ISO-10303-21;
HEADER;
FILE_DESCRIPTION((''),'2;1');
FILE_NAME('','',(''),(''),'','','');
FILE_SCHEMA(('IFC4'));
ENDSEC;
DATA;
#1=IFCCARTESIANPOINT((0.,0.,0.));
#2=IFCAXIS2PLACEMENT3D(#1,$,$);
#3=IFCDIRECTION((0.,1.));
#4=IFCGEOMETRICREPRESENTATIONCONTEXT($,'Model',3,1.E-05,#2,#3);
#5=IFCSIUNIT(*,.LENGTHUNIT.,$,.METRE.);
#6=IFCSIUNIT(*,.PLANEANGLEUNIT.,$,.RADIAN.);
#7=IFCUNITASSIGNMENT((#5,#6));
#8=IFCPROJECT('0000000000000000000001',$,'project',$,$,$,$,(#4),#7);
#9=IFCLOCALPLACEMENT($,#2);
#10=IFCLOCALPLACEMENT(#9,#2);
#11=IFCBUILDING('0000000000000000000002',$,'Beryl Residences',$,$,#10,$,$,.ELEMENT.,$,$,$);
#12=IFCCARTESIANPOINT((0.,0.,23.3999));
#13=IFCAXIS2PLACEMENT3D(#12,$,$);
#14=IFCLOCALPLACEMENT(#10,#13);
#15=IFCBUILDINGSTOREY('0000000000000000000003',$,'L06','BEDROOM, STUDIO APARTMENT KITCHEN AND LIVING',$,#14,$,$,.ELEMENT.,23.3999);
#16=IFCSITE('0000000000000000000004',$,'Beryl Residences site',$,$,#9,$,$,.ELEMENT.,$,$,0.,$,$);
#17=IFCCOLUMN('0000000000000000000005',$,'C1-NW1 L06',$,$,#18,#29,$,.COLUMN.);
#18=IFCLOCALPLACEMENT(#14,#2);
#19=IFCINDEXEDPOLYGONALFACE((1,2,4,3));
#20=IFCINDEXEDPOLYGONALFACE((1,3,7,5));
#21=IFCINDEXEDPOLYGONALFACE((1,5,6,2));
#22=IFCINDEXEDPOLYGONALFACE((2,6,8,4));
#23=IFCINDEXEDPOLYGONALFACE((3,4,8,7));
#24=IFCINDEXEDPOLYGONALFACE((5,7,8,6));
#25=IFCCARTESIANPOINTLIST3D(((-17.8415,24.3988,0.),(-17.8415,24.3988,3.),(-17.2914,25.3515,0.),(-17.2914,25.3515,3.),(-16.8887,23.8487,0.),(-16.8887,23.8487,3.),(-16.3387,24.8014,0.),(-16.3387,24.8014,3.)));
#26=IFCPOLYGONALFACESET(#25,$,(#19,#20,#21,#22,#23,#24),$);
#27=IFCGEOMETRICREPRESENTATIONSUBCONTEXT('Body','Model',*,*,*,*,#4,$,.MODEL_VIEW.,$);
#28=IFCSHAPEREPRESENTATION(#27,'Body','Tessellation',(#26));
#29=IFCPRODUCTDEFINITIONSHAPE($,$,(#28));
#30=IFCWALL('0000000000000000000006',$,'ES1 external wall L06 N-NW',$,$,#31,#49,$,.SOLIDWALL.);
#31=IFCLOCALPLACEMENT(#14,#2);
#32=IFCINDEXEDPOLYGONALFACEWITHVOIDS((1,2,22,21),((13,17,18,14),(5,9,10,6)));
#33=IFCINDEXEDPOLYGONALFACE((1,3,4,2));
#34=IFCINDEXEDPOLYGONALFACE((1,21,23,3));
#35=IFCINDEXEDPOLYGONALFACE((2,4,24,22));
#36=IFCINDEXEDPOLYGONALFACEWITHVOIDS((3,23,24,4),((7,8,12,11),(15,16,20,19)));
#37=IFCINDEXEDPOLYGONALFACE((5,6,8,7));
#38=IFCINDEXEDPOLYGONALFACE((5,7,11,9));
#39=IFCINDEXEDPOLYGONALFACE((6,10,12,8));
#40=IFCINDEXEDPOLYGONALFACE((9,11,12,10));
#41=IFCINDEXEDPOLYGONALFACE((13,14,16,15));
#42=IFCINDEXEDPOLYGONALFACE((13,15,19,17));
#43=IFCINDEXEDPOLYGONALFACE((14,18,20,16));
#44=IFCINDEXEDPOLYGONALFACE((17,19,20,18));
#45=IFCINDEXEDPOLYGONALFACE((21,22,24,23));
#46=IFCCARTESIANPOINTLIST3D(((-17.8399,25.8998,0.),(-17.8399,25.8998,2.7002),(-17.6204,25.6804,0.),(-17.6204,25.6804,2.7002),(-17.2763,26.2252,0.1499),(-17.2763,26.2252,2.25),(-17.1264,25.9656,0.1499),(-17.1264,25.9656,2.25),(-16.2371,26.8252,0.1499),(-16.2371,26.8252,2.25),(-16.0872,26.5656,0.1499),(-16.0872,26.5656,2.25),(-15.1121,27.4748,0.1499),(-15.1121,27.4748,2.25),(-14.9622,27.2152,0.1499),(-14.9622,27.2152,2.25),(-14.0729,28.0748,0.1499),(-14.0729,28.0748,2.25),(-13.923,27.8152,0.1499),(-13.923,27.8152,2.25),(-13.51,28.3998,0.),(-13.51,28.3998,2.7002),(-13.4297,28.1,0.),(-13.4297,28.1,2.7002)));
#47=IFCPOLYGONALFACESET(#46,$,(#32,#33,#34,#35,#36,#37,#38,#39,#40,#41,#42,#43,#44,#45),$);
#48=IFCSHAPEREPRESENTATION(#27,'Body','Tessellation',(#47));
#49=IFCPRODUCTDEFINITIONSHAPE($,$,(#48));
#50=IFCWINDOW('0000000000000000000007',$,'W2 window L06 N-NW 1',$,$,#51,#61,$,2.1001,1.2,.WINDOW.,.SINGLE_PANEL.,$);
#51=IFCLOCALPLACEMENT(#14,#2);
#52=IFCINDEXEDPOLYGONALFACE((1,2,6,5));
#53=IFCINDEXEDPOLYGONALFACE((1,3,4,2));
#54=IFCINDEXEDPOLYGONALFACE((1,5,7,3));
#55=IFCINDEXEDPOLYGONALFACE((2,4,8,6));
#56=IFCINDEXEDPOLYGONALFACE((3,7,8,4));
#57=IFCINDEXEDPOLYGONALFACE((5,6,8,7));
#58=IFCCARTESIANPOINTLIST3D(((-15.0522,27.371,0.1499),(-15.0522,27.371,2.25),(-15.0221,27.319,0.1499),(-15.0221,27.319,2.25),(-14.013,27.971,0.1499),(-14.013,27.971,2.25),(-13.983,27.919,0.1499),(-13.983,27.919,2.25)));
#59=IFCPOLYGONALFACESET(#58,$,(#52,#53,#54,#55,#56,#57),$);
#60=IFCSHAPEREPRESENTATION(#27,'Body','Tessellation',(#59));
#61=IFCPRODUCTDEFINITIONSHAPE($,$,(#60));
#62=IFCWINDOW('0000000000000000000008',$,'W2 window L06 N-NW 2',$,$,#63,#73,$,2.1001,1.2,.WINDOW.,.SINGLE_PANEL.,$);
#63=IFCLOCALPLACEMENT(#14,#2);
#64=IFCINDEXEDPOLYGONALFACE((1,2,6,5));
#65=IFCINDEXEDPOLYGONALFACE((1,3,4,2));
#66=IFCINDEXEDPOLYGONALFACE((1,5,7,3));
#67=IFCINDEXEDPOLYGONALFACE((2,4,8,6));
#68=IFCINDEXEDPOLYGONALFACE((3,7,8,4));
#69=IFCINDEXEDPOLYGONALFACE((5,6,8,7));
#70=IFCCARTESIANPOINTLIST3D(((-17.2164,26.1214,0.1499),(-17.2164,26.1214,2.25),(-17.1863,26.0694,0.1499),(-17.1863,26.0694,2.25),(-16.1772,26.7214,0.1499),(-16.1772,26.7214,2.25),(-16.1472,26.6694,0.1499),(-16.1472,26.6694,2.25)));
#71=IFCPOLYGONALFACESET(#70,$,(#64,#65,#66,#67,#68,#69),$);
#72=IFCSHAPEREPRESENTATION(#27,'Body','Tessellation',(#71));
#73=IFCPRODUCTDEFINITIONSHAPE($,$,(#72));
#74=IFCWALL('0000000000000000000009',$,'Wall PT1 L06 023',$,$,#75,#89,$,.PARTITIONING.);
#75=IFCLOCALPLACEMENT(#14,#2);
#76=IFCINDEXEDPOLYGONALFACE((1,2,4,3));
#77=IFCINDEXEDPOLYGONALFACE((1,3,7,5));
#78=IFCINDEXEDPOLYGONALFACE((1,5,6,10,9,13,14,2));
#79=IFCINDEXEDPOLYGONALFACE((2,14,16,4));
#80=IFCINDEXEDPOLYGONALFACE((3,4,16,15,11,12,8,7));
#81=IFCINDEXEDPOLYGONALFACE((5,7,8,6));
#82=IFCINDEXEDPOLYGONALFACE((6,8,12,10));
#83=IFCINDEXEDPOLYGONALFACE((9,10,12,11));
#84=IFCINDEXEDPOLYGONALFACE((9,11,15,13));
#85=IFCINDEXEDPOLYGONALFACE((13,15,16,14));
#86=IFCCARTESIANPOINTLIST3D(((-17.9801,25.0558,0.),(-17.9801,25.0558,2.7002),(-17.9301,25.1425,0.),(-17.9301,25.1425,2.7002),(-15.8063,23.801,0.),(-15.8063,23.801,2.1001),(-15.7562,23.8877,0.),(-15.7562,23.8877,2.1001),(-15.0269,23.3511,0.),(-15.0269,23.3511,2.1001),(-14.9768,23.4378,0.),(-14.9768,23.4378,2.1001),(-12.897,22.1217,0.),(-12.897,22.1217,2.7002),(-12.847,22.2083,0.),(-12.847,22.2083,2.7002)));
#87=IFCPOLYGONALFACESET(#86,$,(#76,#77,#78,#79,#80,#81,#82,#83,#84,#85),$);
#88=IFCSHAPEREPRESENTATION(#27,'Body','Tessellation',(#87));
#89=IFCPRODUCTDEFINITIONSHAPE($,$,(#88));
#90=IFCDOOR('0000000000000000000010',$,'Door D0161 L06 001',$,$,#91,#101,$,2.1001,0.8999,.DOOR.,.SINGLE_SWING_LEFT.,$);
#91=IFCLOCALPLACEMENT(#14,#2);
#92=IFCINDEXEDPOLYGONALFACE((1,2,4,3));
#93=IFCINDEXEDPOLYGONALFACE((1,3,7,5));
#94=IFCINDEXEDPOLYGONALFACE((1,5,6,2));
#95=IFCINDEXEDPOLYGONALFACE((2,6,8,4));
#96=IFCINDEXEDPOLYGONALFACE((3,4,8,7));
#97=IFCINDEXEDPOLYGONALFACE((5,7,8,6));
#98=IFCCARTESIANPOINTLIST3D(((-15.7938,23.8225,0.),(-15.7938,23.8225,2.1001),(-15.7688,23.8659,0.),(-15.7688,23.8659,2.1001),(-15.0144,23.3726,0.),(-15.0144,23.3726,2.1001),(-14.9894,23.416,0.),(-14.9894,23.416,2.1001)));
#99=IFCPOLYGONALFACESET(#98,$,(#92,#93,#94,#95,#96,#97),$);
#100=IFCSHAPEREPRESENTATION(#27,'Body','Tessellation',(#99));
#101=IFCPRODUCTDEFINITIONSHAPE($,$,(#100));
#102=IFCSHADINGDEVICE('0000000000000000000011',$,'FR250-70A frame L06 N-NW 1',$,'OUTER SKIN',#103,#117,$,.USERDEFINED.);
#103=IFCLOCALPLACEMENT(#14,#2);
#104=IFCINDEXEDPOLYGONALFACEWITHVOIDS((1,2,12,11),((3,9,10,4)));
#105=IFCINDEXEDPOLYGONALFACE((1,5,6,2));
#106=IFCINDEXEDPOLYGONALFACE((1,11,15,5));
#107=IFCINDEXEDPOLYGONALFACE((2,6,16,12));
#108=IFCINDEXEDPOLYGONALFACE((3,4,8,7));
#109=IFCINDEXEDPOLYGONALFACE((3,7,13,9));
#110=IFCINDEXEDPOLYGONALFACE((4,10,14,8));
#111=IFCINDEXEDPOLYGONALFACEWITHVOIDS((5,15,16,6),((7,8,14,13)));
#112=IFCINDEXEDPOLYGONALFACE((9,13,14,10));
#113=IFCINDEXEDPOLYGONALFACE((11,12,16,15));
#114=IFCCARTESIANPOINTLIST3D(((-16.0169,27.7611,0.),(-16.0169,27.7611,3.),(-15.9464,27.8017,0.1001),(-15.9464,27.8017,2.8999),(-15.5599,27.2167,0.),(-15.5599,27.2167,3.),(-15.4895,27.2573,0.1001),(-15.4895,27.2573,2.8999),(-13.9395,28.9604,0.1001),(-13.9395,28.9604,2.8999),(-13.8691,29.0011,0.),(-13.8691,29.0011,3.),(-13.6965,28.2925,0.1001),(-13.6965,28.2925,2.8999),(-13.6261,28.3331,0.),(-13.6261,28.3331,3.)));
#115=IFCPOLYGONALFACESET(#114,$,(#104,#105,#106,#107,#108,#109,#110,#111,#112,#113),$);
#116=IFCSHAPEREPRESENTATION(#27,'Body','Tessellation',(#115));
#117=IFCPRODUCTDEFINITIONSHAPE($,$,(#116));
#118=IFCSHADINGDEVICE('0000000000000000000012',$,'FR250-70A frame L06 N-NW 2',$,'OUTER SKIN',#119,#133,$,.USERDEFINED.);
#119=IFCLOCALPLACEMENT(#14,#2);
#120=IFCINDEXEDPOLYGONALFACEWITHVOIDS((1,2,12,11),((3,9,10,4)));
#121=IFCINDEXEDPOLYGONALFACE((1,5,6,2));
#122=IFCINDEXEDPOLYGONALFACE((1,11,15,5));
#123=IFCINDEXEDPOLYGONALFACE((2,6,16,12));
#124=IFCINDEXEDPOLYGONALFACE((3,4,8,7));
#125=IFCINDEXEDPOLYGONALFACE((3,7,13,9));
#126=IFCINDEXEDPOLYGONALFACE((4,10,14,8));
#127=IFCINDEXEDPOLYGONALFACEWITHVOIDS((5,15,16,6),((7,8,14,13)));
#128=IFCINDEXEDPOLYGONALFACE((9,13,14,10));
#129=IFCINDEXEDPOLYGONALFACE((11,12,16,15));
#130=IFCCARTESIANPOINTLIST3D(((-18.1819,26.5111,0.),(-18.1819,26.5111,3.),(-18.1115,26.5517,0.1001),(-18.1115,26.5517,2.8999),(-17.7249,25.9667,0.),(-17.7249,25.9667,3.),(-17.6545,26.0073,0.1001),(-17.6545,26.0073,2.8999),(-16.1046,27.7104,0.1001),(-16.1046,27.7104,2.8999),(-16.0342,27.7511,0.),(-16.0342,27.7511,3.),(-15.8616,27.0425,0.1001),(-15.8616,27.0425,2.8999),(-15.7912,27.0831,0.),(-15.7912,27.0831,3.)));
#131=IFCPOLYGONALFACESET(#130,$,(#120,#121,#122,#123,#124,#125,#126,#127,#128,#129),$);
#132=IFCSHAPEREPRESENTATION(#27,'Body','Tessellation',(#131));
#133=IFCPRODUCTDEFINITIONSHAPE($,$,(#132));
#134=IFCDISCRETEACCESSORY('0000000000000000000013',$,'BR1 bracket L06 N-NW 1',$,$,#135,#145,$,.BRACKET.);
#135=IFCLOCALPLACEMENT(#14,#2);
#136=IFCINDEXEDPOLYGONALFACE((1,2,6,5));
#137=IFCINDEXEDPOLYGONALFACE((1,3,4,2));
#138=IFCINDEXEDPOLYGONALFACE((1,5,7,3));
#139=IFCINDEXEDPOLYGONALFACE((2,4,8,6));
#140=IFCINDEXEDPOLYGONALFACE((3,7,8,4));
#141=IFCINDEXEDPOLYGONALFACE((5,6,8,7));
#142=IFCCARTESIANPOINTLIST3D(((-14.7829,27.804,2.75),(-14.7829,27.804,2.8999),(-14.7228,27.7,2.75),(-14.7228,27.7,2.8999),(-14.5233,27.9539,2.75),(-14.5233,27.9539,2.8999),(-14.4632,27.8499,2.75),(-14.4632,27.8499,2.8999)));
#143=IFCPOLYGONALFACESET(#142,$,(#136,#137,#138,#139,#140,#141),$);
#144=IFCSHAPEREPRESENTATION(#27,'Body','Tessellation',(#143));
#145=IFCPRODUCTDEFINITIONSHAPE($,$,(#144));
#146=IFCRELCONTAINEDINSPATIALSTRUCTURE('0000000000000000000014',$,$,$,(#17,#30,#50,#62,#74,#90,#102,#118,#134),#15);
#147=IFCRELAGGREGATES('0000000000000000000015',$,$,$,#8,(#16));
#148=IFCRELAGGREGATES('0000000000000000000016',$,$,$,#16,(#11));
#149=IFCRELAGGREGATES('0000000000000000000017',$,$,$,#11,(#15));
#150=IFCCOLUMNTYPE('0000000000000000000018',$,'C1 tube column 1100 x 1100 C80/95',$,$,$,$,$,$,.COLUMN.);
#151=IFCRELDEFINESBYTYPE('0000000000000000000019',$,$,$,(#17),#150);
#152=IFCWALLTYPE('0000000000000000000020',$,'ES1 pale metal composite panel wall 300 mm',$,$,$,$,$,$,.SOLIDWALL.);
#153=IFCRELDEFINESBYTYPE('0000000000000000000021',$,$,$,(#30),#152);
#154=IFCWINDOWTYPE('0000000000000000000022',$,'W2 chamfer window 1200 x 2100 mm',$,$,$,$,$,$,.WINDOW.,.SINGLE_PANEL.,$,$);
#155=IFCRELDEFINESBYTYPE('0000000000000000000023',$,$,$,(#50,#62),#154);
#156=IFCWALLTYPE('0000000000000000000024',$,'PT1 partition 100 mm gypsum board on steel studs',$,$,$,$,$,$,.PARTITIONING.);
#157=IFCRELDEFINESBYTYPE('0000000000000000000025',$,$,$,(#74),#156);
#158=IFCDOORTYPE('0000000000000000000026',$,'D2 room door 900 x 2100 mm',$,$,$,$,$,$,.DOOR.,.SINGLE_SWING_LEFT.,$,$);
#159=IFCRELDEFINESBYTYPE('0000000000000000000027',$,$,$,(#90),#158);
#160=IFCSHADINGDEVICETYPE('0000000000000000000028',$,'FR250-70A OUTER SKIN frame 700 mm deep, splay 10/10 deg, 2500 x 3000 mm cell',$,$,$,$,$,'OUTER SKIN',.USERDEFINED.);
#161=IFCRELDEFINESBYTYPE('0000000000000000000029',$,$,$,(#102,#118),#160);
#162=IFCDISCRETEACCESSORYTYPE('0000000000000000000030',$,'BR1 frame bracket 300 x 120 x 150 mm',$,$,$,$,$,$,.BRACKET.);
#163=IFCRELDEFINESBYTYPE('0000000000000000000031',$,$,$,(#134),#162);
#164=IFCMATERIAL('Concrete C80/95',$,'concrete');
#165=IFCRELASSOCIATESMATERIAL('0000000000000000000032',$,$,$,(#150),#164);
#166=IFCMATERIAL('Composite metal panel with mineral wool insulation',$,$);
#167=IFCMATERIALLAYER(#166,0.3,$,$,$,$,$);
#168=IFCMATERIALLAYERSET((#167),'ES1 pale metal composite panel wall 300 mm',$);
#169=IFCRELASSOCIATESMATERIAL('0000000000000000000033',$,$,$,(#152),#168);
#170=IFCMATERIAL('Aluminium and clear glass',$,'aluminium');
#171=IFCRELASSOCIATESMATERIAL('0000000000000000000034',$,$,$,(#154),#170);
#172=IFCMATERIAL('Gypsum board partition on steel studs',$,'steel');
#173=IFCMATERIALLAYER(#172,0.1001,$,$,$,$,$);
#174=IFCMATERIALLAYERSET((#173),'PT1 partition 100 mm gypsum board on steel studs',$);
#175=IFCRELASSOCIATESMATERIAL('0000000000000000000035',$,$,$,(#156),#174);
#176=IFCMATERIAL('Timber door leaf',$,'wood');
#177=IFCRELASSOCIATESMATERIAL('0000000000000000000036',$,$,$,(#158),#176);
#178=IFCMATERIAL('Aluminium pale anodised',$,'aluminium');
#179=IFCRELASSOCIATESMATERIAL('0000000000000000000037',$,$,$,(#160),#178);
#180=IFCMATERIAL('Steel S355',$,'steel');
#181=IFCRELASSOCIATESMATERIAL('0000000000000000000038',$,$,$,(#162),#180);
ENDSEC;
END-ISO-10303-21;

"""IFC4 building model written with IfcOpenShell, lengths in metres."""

from ifc_helpers import new_model, entity, si_unit, direction, frame, frame_2d, origin, origin_2d, place, context, subcontext, project, spatial, polyline, rectangle, outline, extrude, source, transform, mapped, material, layer, layer_set, material_profile, profile_set, type_object, type_shapes, element, fill, save


model = new_model("IFC4")

# Units and contexts
model_context = context("Model", 3, precision=1e-05, world=origin(), true_north=direction((0.0, 1.0)))
body_context = subcontext(model_context, "Body", "Model", "MODEL_VIEW")
ifc_project = project(units=[si_unit("LENGTHUNIT", "METRE"), si_unit("PLANEANGLEUNIT", "RADIAN")], contexts=[model_context])

# Site, building, storey
site_placement = place(None, origin())
site = spatial("IfcSite", under=ifc_project, at=site_placement, Name="Beryl Residences site", CompositionType="ELEMENT", RefElevation=0.0)
building_placement = place(site_placement, origin())
building = spatial("IfcBuilding", under=site, at=building_placement, Name="Beryl Residences", CompositionType="ELEMENT")
storey_placement = place(building_placement, frame((0.0, 0.0, 23.3999)))
storey = spatial("IfcBuildingStorey", under=building, at=storey_placement, Name="L06", Description="BEDROOM, STUDIO APARTMENT KITCHEN AND LIVING", CompositionType="ELEMENT", Elevation=23.3999)

# Column
ifc_material_1 = material(Name="Concrete C80/95", Category="concrete")
ifc_material_profile = material_profile(ifc_material_1, rectangle(XDim=1.1001, YDim=1.1001, at=origin_2d()))
ifc_profile_set = profile_set([ifc_material_profile], Name="Concrete C80/95")
column_type = type_object("IfcColumnType", Name="C1 tube column 1100 x 1100 C80/95", PredefinedType="COLUMN", material=ifc_profile_set)
column_placement = place(storey_placement, frame((-17.0901, 24.6001, 0.0), z_axis=(0.0, 0.0, 1.0), x_axis=(-0.499985, -0.866034, 0.0)))
element("IfcColumn", 1, at=column_placement, inside=storey, type_object=column_type, Name="C1-NW1 L06", PredefinedType="COLUMN", context=body_context, shape_type="SweptSolid", body=[
    extrude(rectangle(XDim=1.1001, YDim=1.1001, at=origin_2d()), origin(), (0.0, 0.0, 1.0), 3.0),
])

# Wall, openings, windows
ifc_material_2 = material(Name="Composite metal panel with mineral wool insulation")
ifc_layer_1 = layer(ifc_material_2, 0.3)
ifc_layer_set_1 = layer_set([ifc_layer_1], Name="ES1 pale metal composite panel wall 300 mm")
wall_type_1 = type_object("IfcWallType", Name="ES1 pale metal composite panel wall 300 mm", PredefinedType="SOLIDWALL", material=ifc_layer_set_1)
wall_1_placement = place(storey_placement, frame((-13.4351, 28.27, 0.0), z_axis=(0.0, 0.0, 1.0), x_axis=(-0.866011, -0.500025, 0.0)))
wall_1 = element("IfcWall", 2, at=wall_1_placement, inside=storey, type_object=wall_type_1, Name="ES1 external wall L06 N-NW", PredefinedType="SOLIDWALL", context=body_context, shape_type="SweptSolid", body=[
    extrude(outline(polyline([(0.0, -0.1499), (4.9998, -0.1499), (4.9194, 0.1499), (0.0803, 0.1499), (0.0, -0.1499)])), origin(), (0.0, 0.0, 1.0), 2.7002),
])
opening_1_placement = place(wall_1_placement, frame((0.6499, 0.0, 0.1499)))
opening_1 = element("IfcOpeningElement", 3, at=opening_1_placement, cuts=wall_1, PredefinedType="OPENING", context=body_context, shape_type="SweptSolid", body=[
    extrude(rectangle(XDim=1.2, YDim=2.1001, at=frame_2d((0.6001, 1.05))), frame((0.0, 0.1599, 0.0), z_axis=(0.0, -1.0, 0.0), x_axis=(1.0, 0.0, 0.0)), (0.0, 0.0, 1.0), 0.3201),
])
opening_2_placement = place(wall_1_placement, frame((3.1489, 0.0, 0.1499)))
opening_2 = element("IfcOpeningElement", 4, at=opening_2_placement, cuts=wall_1, PredefinedType="OPENING", context=body_context, shape_type="SweptSolid", body=[
    extrude(rectangle(XDim=1.2, YDim=2.1001, at=frame_2d((0.6001, 1.05))), frame((0.0, 0.1599, 0.0), z_axis=(0.0, -1.0, 0.0), x_axis=(1.0, 0.0, 0.0)), (0.0, 0.0, 1.0), 0.3201),
])
ifc_material_3 = material(Name="Aluminium and clear glass", Category="aluminium")
window_type_1 = type_object("IfcWindowType", Name="W2 chamfer window 1200 x 2100 mm", PartitioningType="SINGLE_PANEL", PredefinedType="WINDOW", material=ifc_material_3)
window_1_placement = place(opening_1_placement, origin())
window_1 = element("IfcWindow", 5, at=window_1_placement, inside=storey, type_object=window_type_1, Name="W2 window L06 N-NW 1", OverallHeight=2.1001, OverallWidth=1.2, PartitioningType="SINGLE_PANEL", PredefinedType="WINDOW", context=body_context, shape_type="SweptSolid", body=[
    extrude(rectangle(XDim=1.2, YDim=2.1001, at=frame_2d((0.6001, 1.05))), frame((0.0, 0.03, 0.0), z_axis=(0.0, -1.0, 0.0), x_axis=(1.0, 0.0, 0.0)), (0.0, 0.0, 1.0), 0.0601),
])
fill(opening_1, window_1)
window_2_placement = place(opening_2_placement, origin())
window_2 = element("IfcWindow", 6, at=window_2_placement, inside=storey, type_object=window_type_1, Name="W2 window L06 N-NW 2", OverallHeight=2.1001, OverallWidth=1.2, PartitioningType="SINGLE_PANEL", PredefinedType="WINDOW", context=body_context, shape_type="SweptSolid", body=[
    extrude(rectangle(XDim=1.2, YDim=2.1001, at=frame_2d((0.6001, 1.05))), frame((0.0, 0.03, 0.0), z_axis=(0.0, -1.0, 0.0), x_axis=(1.0, 0.0, 0.0)), (0.0, 0.0, 1.0), 0.0601),
])
fill(opening_2, window_2)

# Wall, opening, door
ifc_material_4 = material(Name="Gypsum board partition on steel studs", Category="steel")
ifc_layer_2 = layer(ifc_material_4, 0.1001)
ifc_layer_set_2 = layer_set([ifc_layer_2], Name="PT1 partition 100 mm gypsum board on steel studs")
wall_type_2 = type_object("IfcWallType", Name="PT1 partition 100 mm gypsum board on steel studs", PredefinedType="PARTITIONING", material=ifc_layer_set_2)
wall_2_placement = place(storey_placement, frame((-17.9551, 25.0991, 0.0), z_axis=(0.0, 0.0, 1.0), x_axis=(0.866069, -0.499924, 0.0)))
wall_2 = element("IfcWall", 7, at=wall_2_placement, inside=storey, type_object=wall_type_2, Name="Wall PT1 L06 023", PredefinedType="PARTITIONING", context=body_context, shape_type="SweptSolid", body=[
    extrude(rectangle(XDim=5.8691, YDim=0.1001, at=frame_2d((2.9346, 0.0))), origin(), (0.0, 0.0, 1.0), 2.7002),
])
opening_3_placement = place(wall_2_placement, frame((2.51, 0.0, 0.0)))
opening_3 = element("IfcOpeningElement", 8, at=opening_3_placement, cuts=wall_2, PredefinedType="OPENING", context=body_context, shape_type="SweptSolid", body=[
    extrude(rectangle(XDim=0.8999, YDim=2.1001, at=frame_2d((0.45, 1.05))), frame((0.0, 0.0601, 0.0), z_axis=(0.0, -1.0, 0.0), x_axis=(1.0, 0.0, 0.0)), (0.0, 0.0, 1.0), 0.1201),
])
ifc_material_5 = material(Name="Timber door leaf", Category="wood")
door_type = type_object("IfcDoorType", Name="D2 room door 900 x 2100 mm", OperationType="SINGLE_SWING_LEFT", PredefinedType="DOOR", material=ifc_material_5)
door_placement = place(opening_3_placement, origin())
door = element("IfcDoor", 9, at=door_placement, inside=storey, type_object=door_type, Name="Door D0161 L06 001", OperationType="SINGLE_SWING_LEFT", OverallHeight=2.1001, OverallWidth=0.8999, PredefinedType="DOOR", context=body_context, shape_type="SweptSolid", body=[
    extrude(rectangle(XDim=0.8999, YDim=2.1001, at=frame_2d((0.45, 1.05))), frame((0.0, 0.0249, 0.0), z_axis=(0.0, -1.0, 0.0), x_axis=(1.0, 0.0, 0.0)), (0.0, 0.0, 1.0), 0.05),
])
fill(opening_3, door)

# Shading devices
ifc_material_6 = material(Name="Aluminium pale anodised", Category="aluminium")
shading_device_type = type_object("IfcShadingDeviceType", Name="FR250-70A OUTER SKIN frame 700 mm deep, splay 10/10 deg, 2500 x 3000 mm cell", ElementType="OUTER SKIN", PredefinedType="USERDEFINED", material=ifc_material_6)
cartesian_point_1 = entity("IfcCartesianPoint", [-1.1165, 0.0])
cartesian_point_2 = entity("IfcCartesianPoint", [-1.0352, 0.1001])
cartesian_point_3 = entity("IfcCartesianPoint", [-1.24, 0.0])
cartesian_point_4 = entity("IfcCartesianPoint", [-1.1587, 0.1001])
shared_shape_1 = source(origin(), body_context, "Body", "SweptSolid", [
    entity("IfcExtrudedAreaSolidTapered", entity("IfcArbitraryProfileDefWithVoids", "AREA", None, entity("IfcPolyline", [cartesian_point_1, entity("IfcCartesianPoint", [1.1165, 0.0]), entity("IfcCartesianPoint", [1.1165, 3.0]), entity("IfcCartesianPoint", [-1.1165, 3.0]), cartesian_point_1]), [entity("IfcPolyline", [cartesian_point_2, entity("IfcCartesianPoint", [1.0352, 0.1001]), entity("IfcCartesianPoint", [1.0352, 2.8999]), entity("IfcCartesianPoint", [-1.0352, 2.8999]), cartesian_point_2])]), entity("IfcAxis2Placement3D", entity("IfcCartesianPoint", [0.0, 0.0, 0.0]), entity("IfcDirection", [0.0, 1.0, 0.0]), entity("IfcDirection", [-1.0, 0.0, 0.0])), entity("IfcDirection", [0.0, 0.0, 1.0]), 0.7, entity("IfcArbitraryProfileDefWithVoids", "AREA", None, entity("IfcPolyline", [cartesian_point_3, entity("IfcCartesianPoint", [1.24, 0.0]), entity("IfcCartesianPoint", [1.24, 3.0]), entity("IfcCartesianPoint", [-1.24, 3.0]), cartesian_point_3]), [entity("IfcPolyline", [cartesian_point_4, entity("IfcCartesianPoint", [1.1587, 0.1001]), entity("IfcCartesianPoint", [1.1587, 2.8999]), entity("IfcCartesianPoint", [-1.1587, 2.8999]), cartesian_point_4])])),
])
type_shapes(shading_device_type, [shared_shape_1])
for number, where, z_axis, x_axis, name in (
    (10, (-14.593, 27.7749, 0.0), (0.0, 0.0, 1.0), (0.866025, 0.5, 0.0), "FR250-70A frame L06 N-NW 1"),
    (11, (-16.7581, 26.5249, 0.0), (0.0, 0.0, 1.0), (0.866025, 0.5, 0.0), "FR250-70A frame L06 N-NW 2"),
):
    element("IfcShadingDevice", number, at=place(storey_placement, frame(where, z_axis=z_axis, x_axis=x_axis)), inside=storey, type_object=shading_device_type, Name=name, ObjectType="OUTER SKIN", PredefinedType="USERDEFINED", context=body_context, shape_type="MappedRepresentation", body=[
        mapped(shared_shape_1, transform((0.0, 0.0, 0.0))),
    ])

# Discrete accessory
ifc_material_7 = material(Name="Steel S355", Category="steel")
discrete_accessory_type = type_object("IfcDiscreteAccessoryType", Name="BR1 frame bracket 300 x 120 x 150 mm", PredefinedType="BRACKET", material=ifc_material_7)
shared_shape_2 = source(origin(), body_context, "Body", "SweptSolid", [
    extrude(outline(polyline([(-0.1499, 0.0), (0.1499, 0.0), (0.1499, 0.1201), (-0.1499, 0.1201), (-0.1499, 0.0)])), origin(), (0.0, 0.0, 1.0), 0.1499),
])
type_shapes(discrete_accessory_type, [shared_shape_2])
discrete_accessory_placement = place(storey_placement, frame((-14.593, 27.7749, 2.75), z_axis=(0.0, 0.0, 1.0), x_axis=(0.866025, 0.5, 0.0)))
element("IfcDiscreteAccessory", 12, at=discrete_accessory_placement, inside=storey, type_object=discrete_accessory_type, Name="BR1 bracket L06 N-NW 1", PredefinedType="BRACKET", context=body_context, shape_type="MappedRepresentation", body=[
    mapped(shared_shape_2, transform((0.0, 0.0, 0.0))),
])

save(model, "model.ifc")
